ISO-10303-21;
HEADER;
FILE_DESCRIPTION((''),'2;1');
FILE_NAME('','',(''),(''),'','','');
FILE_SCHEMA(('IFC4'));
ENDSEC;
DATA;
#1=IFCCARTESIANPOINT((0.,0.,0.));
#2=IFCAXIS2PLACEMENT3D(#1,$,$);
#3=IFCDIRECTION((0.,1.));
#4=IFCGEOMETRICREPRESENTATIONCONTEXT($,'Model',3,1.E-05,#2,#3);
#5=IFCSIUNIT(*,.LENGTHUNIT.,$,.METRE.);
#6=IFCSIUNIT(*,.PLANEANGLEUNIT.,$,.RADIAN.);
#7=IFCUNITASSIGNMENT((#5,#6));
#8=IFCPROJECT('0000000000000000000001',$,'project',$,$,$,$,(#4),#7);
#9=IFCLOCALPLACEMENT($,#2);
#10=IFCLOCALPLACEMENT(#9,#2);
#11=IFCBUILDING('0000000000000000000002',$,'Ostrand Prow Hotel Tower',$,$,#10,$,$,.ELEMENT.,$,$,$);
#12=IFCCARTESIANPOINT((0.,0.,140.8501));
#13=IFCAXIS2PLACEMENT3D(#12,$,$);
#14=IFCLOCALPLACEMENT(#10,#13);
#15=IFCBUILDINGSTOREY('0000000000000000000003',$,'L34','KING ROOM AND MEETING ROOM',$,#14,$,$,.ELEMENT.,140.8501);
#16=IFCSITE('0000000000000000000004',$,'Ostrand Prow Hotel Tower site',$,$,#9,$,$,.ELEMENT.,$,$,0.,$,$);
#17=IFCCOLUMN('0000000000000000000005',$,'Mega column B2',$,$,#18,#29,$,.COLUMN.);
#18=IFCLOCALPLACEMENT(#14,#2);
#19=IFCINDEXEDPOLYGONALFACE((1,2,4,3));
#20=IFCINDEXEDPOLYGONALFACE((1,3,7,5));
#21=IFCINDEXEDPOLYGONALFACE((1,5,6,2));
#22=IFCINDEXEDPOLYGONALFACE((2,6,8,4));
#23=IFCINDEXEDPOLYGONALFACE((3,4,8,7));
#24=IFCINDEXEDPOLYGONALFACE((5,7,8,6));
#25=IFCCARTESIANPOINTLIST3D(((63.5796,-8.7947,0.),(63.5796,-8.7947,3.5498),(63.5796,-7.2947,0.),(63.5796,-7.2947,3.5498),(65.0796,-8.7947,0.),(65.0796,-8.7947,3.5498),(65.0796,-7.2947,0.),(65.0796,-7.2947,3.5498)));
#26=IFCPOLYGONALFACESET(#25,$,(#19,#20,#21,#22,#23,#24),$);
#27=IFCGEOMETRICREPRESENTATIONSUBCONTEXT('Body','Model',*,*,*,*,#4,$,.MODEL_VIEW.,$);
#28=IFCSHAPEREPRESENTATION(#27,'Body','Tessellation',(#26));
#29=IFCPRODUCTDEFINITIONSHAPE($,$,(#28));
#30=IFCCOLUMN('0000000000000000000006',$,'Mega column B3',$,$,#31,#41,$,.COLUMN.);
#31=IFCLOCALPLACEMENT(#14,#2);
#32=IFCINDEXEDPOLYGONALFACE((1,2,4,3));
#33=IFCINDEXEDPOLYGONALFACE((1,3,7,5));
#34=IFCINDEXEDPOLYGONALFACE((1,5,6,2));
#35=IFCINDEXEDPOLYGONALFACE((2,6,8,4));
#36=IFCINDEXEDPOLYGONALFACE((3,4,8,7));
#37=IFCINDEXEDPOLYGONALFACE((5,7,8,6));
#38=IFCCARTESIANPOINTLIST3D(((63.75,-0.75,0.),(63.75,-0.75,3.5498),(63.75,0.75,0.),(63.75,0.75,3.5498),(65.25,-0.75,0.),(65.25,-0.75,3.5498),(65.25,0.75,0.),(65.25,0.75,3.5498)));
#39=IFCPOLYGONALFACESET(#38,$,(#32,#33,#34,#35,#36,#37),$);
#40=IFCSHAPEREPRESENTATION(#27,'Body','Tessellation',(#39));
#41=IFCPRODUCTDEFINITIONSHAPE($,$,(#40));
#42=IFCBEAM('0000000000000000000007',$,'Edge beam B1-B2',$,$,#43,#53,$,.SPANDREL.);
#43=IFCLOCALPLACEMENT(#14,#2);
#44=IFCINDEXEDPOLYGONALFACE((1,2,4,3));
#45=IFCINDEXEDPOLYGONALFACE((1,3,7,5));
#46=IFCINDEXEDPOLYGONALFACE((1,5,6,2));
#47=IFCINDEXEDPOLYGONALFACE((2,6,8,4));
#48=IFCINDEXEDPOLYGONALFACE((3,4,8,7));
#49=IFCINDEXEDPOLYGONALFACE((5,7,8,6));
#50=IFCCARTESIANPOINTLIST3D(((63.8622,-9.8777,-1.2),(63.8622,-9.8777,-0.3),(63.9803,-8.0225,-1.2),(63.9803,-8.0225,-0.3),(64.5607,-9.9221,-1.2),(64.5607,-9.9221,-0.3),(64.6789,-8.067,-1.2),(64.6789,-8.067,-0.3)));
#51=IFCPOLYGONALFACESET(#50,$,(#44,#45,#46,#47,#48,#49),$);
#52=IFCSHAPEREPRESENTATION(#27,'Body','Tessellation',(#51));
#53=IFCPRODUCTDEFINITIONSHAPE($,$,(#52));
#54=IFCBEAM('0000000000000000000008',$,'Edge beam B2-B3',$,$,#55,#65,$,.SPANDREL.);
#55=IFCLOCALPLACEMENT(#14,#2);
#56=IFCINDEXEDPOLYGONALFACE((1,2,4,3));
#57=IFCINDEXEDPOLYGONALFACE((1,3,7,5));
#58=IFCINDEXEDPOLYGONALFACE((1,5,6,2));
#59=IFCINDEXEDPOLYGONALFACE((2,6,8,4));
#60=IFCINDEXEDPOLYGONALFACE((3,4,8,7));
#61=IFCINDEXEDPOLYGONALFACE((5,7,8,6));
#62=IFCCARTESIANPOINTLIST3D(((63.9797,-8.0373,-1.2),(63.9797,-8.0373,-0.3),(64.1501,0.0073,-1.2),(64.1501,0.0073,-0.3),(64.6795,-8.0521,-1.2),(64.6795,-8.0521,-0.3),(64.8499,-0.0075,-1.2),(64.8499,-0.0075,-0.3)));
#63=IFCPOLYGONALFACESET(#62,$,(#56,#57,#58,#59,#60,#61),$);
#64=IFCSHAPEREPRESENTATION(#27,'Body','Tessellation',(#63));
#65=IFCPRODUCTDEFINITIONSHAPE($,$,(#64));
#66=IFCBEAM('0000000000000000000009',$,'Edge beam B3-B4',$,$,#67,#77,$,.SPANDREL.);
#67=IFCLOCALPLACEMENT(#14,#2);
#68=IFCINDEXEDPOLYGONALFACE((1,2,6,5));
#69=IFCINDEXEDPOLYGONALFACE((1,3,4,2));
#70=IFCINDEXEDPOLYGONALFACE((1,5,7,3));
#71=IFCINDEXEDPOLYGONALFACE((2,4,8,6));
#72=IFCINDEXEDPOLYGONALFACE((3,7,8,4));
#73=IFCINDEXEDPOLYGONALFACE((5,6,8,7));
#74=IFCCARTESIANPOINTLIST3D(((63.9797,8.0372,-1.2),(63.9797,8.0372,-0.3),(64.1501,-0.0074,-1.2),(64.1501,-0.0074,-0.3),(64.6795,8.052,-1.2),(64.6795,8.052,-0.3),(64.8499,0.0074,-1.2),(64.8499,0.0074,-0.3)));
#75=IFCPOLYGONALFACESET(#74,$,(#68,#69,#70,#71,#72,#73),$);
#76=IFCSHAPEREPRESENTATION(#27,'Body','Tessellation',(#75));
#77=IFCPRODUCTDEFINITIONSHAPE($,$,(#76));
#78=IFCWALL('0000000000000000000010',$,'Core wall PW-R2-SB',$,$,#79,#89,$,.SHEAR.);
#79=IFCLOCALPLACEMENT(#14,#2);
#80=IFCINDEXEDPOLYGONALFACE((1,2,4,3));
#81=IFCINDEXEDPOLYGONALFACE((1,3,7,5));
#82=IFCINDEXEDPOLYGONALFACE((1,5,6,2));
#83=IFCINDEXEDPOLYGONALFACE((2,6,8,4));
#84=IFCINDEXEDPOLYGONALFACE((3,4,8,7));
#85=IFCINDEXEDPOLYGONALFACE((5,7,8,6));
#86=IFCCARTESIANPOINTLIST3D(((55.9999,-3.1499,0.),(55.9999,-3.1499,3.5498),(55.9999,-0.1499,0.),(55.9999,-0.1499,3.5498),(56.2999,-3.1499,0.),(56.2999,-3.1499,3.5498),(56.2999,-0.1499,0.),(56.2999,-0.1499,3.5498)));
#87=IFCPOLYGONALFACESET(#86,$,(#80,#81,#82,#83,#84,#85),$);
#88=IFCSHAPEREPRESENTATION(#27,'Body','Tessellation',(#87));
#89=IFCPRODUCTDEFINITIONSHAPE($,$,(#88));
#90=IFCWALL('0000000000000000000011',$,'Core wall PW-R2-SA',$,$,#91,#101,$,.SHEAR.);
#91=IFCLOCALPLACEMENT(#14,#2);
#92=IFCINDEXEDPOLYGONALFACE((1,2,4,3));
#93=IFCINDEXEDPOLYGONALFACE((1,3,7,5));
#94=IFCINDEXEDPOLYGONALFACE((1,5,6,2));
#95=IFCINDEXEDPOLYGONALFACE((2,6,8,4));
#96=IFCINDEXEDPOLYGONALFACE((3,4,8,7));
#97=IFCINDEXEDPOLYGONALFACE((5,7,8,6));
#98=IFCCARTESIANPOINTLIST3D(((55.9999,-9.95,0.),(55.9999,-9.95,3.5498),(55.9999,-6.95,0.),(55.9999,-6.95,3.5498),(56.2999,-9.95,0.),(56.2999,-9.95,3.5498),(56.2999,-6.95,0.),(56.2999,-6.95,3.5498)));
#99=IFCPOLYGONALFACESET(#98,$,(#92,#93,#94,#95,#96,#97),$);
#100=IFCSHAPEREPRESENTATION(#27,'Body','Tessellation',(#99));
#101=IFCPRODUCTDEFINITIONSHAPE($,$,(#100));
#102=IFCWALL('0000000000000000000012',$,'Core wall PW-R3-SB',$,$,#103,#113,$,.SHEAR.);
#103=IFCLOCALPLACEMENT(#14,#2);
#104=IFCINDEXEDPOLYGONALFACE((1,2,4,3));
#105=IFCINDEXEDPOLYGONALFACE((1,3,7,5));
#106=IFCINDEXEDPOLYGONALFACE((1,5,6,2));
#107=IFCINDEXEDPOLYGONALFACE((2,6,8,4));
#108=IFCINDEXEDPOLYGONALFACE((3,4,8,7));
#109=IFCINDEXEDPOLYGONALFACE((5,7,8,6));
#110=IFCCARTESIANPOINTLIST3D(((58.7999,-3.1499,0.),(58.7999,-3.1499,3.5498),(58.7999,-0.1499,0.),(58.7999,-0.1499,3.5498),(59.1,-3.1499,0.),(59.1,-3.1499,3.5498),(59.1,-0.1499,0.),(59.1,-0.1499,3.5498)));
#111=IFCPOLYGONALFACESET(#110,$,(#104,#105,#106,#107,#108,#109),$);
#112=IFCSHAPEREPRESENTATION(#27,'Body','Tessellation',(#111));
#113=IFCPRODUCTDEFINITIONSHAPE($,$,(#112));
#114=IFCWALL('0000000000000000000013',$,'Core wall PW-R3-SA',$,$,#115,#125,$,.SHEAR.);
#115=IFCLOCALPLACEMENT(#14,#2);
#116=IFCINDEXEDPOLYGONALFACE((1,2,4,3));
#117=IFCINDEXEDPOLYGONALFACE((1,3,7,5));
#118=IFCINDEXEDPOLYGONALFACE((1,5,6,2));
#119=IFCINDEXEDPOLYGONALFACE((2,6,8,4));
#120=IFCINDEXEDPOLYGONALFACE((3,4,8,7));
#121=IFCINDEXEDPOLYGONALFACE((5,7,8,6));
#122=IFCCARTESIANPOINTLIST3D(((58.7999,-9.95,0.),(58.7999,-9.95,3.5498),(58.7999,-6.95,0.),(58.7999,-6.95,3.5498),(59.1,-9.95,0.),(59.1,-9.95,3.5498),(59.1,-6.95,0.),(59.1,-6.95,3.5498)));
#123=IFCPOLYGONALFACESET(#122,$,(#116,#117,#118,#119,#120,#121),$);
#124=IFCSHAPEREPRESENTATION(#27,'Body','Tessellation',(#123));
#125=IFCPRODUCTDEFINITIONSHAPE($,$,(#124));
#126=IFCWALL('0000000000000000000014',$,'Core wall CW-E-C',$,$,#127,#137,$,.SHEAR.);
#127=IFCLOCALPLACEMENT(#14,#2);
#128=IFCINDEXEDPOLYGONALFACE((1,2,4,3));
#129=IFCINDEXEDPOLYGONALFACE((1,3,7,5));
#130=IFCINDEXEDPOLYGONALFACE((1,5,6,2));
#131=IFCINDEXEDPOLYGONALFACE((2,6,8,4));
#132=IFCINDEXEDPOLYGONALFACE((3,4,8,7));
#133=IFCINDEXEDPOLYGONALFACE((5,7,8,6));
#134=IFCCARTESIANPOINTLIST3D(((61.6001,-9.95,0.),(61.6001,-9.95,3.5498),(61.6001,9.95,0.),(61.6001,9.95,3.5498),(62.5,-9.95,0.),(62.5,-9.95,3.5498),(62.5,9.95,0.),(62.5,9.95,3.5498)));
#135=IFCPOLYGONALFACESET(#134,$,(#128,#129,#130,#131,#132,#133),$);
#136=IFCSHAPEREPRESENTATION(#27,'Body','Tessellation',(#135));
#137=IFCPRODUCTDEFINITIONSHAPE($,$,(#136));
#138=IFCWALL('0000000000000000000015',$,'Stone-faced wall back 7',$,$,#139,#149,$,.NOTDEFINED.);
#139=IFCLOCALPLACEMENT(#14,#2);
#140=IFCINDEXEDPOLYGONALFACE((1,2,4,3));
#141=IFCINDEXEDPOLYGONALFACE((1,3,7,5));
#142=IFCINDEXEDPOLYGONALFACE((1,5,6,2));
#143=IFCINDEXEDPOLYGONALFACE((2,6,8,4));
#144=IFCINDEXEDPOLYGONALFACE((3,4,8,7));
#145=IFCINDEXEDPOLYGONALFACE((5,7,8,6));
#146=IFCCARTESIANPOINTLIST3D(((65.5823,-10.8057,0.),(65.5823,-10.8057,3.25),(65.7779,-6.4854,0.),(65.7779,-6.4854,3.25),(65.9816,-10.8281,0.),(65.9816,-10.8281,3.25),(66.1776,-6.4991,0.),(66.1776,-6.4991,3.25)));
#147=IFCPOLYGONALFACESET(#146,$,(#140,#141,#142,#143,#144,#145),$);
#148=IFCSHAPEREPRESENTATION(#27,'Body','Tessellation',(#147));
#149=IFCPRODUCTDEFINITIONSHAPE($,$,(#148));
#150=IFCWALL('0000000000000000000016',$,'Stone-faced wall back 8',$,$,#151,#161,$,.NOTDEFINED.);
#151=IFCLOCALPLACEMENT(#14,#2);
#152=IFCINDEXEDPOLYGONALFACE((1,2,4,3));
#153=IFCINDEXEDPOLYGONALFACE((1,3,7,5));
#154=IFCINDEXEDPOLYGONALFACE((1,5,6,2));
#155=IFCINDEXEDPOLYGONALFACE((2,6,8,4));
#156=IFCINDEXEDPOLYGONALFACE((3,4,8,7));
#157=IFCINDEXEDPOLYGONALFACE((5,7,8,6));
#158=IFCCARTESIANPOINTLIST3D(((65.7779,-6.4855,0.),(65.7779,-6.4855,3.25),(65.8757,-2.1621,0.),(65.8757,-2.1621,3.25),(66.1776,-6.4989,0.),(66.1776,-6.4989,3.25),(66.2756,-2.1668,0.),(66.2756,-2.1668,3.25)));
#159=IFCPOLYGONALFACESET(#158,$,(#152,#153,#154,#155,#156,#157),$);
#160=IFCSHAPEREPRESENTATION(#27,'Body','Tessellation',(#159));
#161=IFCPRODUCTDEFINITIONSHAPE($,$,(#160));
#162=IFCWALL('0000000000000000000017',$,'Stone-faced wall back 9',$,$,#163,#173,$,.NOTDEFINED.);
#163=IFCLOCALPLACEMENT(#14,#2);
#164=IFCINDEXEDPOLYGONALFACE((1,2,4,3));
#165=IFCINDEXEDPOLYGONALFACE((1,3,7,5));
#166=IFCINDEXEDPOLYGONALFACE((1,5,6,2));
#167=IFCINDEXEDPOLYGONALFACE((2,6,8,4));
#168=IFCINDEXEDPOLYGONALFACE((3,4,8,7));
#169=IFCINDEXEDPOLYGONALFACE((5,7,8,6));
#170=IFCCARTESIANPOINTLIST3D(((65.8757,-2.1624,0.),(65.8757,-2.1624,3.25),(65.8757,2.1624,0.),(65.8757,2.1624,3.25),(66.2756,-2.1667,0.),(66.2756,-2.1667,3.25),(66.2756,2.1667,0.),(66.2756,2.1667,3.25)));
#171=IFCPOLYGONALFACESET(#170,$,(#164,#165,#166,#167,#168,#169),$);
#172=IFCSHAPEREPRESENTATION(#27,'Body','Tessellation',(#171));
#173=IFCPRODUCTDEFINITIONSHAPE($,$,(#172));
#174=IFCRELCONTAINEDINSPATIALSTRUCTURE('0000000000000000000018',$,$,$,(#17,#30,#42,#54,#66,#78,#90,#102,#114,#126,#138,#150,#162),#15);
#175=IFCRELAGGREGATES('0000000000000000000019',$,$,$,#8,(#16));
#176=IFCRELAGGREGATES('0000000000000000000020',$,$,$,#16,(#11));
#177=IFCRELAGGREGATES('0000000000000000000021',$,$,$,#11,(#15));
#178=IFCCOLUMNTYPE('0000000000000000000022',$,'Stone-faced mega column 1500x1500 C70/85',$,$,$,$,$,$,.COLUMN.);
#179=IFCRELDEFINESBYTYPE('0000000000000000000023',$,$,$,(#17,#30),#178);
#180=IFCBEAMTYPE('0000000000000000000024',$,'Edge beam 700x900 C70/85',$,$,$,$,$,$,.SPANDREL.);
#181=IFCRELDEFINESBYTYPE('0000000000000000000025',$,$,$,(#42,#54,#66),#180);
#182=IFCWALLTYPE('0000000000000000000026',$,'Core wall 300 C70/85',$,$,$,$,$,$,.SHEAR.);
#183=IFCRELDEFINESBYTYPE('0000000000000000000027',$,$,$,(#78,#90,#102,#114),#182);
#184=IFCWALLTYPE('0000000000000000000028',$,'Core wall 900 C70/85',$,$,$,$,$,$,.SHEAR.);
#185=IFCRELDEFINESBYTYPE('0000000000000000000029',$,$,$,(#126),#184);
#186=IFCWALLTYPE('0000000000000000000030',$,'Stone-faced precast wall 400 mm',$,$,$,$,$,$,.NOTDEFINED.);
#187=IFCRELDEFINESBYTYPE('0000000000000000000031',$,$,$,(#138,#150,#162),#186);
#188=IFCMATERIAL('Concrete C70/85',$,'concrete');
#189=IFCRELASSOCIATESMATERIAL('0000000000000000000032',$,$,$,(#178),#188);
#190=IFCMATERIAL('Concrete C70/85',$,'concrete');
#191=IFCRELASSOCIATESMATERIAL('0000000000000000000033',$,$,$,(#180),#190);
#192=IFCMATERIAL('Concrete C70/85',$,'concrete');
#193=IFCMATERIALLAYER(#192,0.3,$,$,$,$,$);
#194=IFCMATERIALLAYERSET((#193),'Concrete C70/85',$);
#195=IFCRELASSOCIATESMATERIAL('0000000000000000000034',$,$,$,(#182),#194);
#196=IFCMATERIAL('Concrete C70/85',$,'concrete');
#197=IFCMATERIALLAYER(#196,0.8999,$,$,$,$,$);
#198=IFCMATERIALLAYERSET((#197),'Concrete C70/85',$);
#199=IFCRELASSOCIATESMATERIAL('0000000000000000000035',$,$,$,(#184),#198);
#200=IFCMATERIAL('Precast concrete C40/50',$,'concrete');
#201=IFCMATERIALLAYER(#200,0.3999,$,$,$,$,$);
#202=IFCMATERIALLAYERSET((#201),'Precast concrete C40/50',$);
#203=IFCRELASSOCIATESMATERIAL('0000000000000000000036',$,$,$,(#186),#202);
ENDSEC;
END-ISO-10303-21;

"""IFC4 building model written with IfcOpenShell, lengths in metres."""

from ifc_helpers import new_model, si_unit, direction, frame, frame_2d, origin, origin_2d, place, context, subcontext, project, spatial, polyline, rectangle, outline, extrude, material, layer, layer_set, material_profile, profile_set, type_object, element, save


model = new_model("IFC4")

# Units and contexts
model_context = context("Model", 3, precision=1e-05, world=origin(), true_north=direction((0.0, 1.0)))
body_context = subcontext(model_context, "Body", "Model", "MODEL_VIEW")
ifc_project = project(units=[si_unit("LENGTHUNIT", "METRE"), si_unit("PLANEANGLEUNIT", "RADIAN")], contexts=[model_context])

# Site, building, storey
site_placement = place(None, origin())
site = spatial("IfcSite", under=ifc_project, at=site_placement, Name="Ostrand Prow Hotel Tower site", CompositionType="ELEMENT", RefElevation=0.0)
building_placement = place(site_placement, origin())
building = spatial("IfcBuilding", under=site, at=building_placement, Name="Ostrand Prow Hotel Tower", CompositionType="ELEMENT")
storey_placement = place(building_placement, frame((0.0, 0.0, 140.8501)))
storey = spatial("IfcBuildingStorey", under=building, at=storey_placement, Name="L34", Description="KING ROOM AND MEETING ROOM", CompositionType="ELEMENT", Elevation=140.8501)

# Columns
ifc_material_1 = material(Name="Concrete C70/85", Category="concrete")
ifc_material_profile_1 = material_profile(ifc_material_1, rectangle(XDim=1.5, YDim=1.5, at=origin_2d()), Name="RC 1500x1500")
ifc_profile_set_1 = profile_set([ifc_material_profile_1], Name="Concrete C70/85")
column_type = type_object("IfcColumnType", Name="Stone-faced mega column 1500x1500 C70/85", PredefinedType="COLUMN", material=ifc_profile_set_1)
for number, where, z_axis, x_axis, name in (
    (1, (64.3296, -8.0447, 0.0), (0.0, 0.0, 1.0), (1.0, 0.0, 0.0), "Mega column B2"),
    (2, (64.5, 0.0, 0.0), (0.0, 0.0, 1.0), (1.0, 0.0, 0.0), "Mega column B3"),
):
    element("IfcColumn", number, at=place(storey_placement, frame(where, z_axis=z_axis, x_axis=x_axis)), inside=storey, type_object=column_type, Name=name, PredefinedType="COLUMN", context=body_context, shape_type="SweptSolid", body=[
        extrude(rectangle(XDim=1.5, YDim=1.5, at=origin_2d()), origin(), (0.0, 0.0, 1.0), 3.5498),
    ])

# Beams
ifc_material_2 = material(Name="Concrete C70/85", Category="concrete")
ifc_material_profile_2 = material_profile(ifc_material_2, rectangle(XDim=0.7, YDim=0.8999, at=origin_2d()), Name="RC 700x900")
ifc_profile_set_2 = profile_set([ifc_material_profile_2], Name="Concrete C70/85")
beam_type = type_object("IfcBeamType", Name="Edge beam 700x900 C70/85", PredefinedType="SPANDREL", material=ifc_profile_set_2)
beam_placement = place(storey_placement, frame((64.2114, -9.8999, -0.75), z_axis=(0.063564, 0.997978, 0.0), x_axis=(-0.997978, 0.063564, 0.0)))
element("IfcBeam", 3, at=beam_placement, inside=storey, type_object=beam_type, Name="Edge beam B1-B2", PredefinedType="SPANDREL", context=body_context, shape_type="SweptSolid", body=[
    extrude(rectangle(XDim=0.7, YDim=0.8999, at=origin_2d()), origin(), (0.0, 0.0, 1.0), 1.8589),
])
for number, where, z_axis, x_axis, name in (
    (4, (64.3296, -8.0447, -0.75), (0.021178, 0.999776, 0.0), (-0.999776, 0.021178, 0.0), "Edge beam B2-B3"),
    (5, (64.5, 0.0, -0.75), (-0.021178, 0.999776, 0.0), (-0.999776, -0.021178, 0.0), "Edge beam B3-B4"),
):
    element("IfcBeam", number, at=place(storey_placement, frame(where, z_axis=z_axis, x_axis=x_axis)), inside=storey, type_object=beam_type, Name=name, PredefinedType="SPANDREL", context=body_context, shape_type="SweptSolid", body=[
        extrude(rectangle(XDim=0.7, YDim=0.8999, at=origin_2d()), origin(), (0.0, 0.0, 1.0), 8.0464),
    ])

# Walls
ifc_material_3 = material(Name="Concrete C70/85", Category="concrete")
ifc_layer_1 = layer(ifc_material_3, 0.3)
ifc_layer_set_1 = layer_set([ifc_layer_1], Name="Concrete C70/85")
wall_type_1 = type_object("IfcWallType", Name="Core wall 300 C70/85", PredefinedType="SHEAR", material=ifc_layer_set_1)
for number, where, z_axis, x_axis, name in (
    (6, (56.1499, -3.1499, 0.0), (0.0, 0.0, 1.0), (0.0, 1.0, 0.0), "Core wall PW-R2-SB"),
    (7, (56.1499, -9.95, 0.0), (0.0, 0.0, 1.0), (0.0, 1.0, 0.0), "Core wall PW-R2-SA"),
    (8, (58.95, -3.1499, 0.0), (0.0, 0.0, 1.0), (0.0, 1.0, 0.0), "Core wall PW-R3-SB"),
    (9, (58.95, -9.95, 0.0), (0.0, 0.0, 1.0), (0.0, 1.0, 0.0), "Core wall PW-R3-SA"),
):
    element("IfcWall", number, at=place(storey_placement, frame(where, z_axis=z_axis, x_axis=x_axis)), inside=storey, type_object=wall_type_1, Name=name, PredefinedType="SHEAR", context=body_context, shape_type="SweptSolid", body=[
        extrude(rectangle(XDim=3.0, YDim=0.3, at=frame_2d((1.5, 0.0))), origin(), (0.0, 0.0, 1.0), 3.5498),
    ])
ifc_material_4 = material(Name="Concrete C70/85", Category="concrete")
ifc_layer_2 = layer(ifc_material_4, 0.8999)
ifc_layer_set_2 = layer_set([ifc_layer_2], Name="Concrete C70/85")
wall_type_2 = type_object("IfcWallType", Name="Core wall 900 C70/85", PredefinedType="SHEAR", material=ifc_layer_set_2)
wall_1_placement = place(storey_placement, frame((62.05, -9.95, 0.0), z_axis=(0.0, 0.0, 1.0), x_axis=(0.0, 1.0, 0.0)))
element("IfcWall", 10, at=wall_1_placement, inside=storey, type_object=wall_type_2, Name="Core wall CW-E-C", PredefinedType="SHEAR", context=body_context, shape_type="SweptSolid", body=[
    extrude(rectangle(XDim=19.8999, YDim=0.8999, at=frame_2d((9.95, 0.0))), origin(), (0.0, 0.0, 1.0), 3.5498),
])
ifc_material_5 = material(Name="Precast concrete C40/50", Category="concrete")
ifc_layer_3 = layer(ifc_material_5, 0.3999)
ifc_layer_set_3 = layer_set([ifc_layer_3], Name="Precast concrete C40/50")
wall_type_3 = type_object("IfcWallType", Name="Stone-faced precast wall 400 mm", PredefinedType="NOTDEFINED", material=ifc_layer_set_3)
wall_2_placement = place(storey_placement, frame((65.782, -10.8169, 0.0), z_axis=(0.0, 0.0, 1.0), x_axis=(0.045229, 0.998977, 0.0)))
element("IfcWall", 11, at=wall_2_placement, inside=storey, type_object=wall_type_3, Name="Stone-faced wall back 7", PredefinedType="NOTDEFINED", context=body_context, shape_type="SweptSolid", body=[
    extrude(outline(polyline([(-0.0022, -0.2), (4.3313, -0.2), (4.3269, 0.2), (0.0022, 0.2), (-0.0022, -0.2)])), origin(), (0.0, 0.0, 1.0), 3.25),
])
wall_3_placement = place(storey_placement, frame((65.9778, -6.4922, 0.0), z_axis=(0.0, 0.0, 1.0), x_axis=(0.022616, 0.999744, 0.0)))
element("IfcWall", 12, at=wall_3_placement, inside=storey, type_object=wall_type_3, Name="Stone-faced wall back 8", PredefinedType="NOTDEFINED", context=body_context, shape_type="SweptSolid", body=[
    extrude(outline(polyline([(-0.0022, -0.2), (4.3311, -0.2), (4.3267, 0.2), (0.0022, 0.2), (-0.0022, -0.2)])), origin(), (0.0, 0.0, 1.0), 3.25),
])
wall_4_placement = place(storey_placement, frame((66.0757, -2.1646, 0.0), z_axis=(0.0, 0.0, 1.0), x_axis=(0.0, 1.0, 0.0)))
element("IfcWall", 13, at=wall_4_placement, inside=storey, type_object=wall_type_3, Name="Stone-faced wall back 9", PredefinedType="NOTDEFINED", context=body_context, shape_type="SweptSolid", body=[
    extrude(outline(polyline([(-0.0022, -0.2), (4.3313, -0.2), (4.3269, 0.2), (0.0022, 0.2), (-0.0022, -0.2)])), origin(), (0.0, 0.0, 1.0), 3.25),
])

save(model, "model.ifc")
